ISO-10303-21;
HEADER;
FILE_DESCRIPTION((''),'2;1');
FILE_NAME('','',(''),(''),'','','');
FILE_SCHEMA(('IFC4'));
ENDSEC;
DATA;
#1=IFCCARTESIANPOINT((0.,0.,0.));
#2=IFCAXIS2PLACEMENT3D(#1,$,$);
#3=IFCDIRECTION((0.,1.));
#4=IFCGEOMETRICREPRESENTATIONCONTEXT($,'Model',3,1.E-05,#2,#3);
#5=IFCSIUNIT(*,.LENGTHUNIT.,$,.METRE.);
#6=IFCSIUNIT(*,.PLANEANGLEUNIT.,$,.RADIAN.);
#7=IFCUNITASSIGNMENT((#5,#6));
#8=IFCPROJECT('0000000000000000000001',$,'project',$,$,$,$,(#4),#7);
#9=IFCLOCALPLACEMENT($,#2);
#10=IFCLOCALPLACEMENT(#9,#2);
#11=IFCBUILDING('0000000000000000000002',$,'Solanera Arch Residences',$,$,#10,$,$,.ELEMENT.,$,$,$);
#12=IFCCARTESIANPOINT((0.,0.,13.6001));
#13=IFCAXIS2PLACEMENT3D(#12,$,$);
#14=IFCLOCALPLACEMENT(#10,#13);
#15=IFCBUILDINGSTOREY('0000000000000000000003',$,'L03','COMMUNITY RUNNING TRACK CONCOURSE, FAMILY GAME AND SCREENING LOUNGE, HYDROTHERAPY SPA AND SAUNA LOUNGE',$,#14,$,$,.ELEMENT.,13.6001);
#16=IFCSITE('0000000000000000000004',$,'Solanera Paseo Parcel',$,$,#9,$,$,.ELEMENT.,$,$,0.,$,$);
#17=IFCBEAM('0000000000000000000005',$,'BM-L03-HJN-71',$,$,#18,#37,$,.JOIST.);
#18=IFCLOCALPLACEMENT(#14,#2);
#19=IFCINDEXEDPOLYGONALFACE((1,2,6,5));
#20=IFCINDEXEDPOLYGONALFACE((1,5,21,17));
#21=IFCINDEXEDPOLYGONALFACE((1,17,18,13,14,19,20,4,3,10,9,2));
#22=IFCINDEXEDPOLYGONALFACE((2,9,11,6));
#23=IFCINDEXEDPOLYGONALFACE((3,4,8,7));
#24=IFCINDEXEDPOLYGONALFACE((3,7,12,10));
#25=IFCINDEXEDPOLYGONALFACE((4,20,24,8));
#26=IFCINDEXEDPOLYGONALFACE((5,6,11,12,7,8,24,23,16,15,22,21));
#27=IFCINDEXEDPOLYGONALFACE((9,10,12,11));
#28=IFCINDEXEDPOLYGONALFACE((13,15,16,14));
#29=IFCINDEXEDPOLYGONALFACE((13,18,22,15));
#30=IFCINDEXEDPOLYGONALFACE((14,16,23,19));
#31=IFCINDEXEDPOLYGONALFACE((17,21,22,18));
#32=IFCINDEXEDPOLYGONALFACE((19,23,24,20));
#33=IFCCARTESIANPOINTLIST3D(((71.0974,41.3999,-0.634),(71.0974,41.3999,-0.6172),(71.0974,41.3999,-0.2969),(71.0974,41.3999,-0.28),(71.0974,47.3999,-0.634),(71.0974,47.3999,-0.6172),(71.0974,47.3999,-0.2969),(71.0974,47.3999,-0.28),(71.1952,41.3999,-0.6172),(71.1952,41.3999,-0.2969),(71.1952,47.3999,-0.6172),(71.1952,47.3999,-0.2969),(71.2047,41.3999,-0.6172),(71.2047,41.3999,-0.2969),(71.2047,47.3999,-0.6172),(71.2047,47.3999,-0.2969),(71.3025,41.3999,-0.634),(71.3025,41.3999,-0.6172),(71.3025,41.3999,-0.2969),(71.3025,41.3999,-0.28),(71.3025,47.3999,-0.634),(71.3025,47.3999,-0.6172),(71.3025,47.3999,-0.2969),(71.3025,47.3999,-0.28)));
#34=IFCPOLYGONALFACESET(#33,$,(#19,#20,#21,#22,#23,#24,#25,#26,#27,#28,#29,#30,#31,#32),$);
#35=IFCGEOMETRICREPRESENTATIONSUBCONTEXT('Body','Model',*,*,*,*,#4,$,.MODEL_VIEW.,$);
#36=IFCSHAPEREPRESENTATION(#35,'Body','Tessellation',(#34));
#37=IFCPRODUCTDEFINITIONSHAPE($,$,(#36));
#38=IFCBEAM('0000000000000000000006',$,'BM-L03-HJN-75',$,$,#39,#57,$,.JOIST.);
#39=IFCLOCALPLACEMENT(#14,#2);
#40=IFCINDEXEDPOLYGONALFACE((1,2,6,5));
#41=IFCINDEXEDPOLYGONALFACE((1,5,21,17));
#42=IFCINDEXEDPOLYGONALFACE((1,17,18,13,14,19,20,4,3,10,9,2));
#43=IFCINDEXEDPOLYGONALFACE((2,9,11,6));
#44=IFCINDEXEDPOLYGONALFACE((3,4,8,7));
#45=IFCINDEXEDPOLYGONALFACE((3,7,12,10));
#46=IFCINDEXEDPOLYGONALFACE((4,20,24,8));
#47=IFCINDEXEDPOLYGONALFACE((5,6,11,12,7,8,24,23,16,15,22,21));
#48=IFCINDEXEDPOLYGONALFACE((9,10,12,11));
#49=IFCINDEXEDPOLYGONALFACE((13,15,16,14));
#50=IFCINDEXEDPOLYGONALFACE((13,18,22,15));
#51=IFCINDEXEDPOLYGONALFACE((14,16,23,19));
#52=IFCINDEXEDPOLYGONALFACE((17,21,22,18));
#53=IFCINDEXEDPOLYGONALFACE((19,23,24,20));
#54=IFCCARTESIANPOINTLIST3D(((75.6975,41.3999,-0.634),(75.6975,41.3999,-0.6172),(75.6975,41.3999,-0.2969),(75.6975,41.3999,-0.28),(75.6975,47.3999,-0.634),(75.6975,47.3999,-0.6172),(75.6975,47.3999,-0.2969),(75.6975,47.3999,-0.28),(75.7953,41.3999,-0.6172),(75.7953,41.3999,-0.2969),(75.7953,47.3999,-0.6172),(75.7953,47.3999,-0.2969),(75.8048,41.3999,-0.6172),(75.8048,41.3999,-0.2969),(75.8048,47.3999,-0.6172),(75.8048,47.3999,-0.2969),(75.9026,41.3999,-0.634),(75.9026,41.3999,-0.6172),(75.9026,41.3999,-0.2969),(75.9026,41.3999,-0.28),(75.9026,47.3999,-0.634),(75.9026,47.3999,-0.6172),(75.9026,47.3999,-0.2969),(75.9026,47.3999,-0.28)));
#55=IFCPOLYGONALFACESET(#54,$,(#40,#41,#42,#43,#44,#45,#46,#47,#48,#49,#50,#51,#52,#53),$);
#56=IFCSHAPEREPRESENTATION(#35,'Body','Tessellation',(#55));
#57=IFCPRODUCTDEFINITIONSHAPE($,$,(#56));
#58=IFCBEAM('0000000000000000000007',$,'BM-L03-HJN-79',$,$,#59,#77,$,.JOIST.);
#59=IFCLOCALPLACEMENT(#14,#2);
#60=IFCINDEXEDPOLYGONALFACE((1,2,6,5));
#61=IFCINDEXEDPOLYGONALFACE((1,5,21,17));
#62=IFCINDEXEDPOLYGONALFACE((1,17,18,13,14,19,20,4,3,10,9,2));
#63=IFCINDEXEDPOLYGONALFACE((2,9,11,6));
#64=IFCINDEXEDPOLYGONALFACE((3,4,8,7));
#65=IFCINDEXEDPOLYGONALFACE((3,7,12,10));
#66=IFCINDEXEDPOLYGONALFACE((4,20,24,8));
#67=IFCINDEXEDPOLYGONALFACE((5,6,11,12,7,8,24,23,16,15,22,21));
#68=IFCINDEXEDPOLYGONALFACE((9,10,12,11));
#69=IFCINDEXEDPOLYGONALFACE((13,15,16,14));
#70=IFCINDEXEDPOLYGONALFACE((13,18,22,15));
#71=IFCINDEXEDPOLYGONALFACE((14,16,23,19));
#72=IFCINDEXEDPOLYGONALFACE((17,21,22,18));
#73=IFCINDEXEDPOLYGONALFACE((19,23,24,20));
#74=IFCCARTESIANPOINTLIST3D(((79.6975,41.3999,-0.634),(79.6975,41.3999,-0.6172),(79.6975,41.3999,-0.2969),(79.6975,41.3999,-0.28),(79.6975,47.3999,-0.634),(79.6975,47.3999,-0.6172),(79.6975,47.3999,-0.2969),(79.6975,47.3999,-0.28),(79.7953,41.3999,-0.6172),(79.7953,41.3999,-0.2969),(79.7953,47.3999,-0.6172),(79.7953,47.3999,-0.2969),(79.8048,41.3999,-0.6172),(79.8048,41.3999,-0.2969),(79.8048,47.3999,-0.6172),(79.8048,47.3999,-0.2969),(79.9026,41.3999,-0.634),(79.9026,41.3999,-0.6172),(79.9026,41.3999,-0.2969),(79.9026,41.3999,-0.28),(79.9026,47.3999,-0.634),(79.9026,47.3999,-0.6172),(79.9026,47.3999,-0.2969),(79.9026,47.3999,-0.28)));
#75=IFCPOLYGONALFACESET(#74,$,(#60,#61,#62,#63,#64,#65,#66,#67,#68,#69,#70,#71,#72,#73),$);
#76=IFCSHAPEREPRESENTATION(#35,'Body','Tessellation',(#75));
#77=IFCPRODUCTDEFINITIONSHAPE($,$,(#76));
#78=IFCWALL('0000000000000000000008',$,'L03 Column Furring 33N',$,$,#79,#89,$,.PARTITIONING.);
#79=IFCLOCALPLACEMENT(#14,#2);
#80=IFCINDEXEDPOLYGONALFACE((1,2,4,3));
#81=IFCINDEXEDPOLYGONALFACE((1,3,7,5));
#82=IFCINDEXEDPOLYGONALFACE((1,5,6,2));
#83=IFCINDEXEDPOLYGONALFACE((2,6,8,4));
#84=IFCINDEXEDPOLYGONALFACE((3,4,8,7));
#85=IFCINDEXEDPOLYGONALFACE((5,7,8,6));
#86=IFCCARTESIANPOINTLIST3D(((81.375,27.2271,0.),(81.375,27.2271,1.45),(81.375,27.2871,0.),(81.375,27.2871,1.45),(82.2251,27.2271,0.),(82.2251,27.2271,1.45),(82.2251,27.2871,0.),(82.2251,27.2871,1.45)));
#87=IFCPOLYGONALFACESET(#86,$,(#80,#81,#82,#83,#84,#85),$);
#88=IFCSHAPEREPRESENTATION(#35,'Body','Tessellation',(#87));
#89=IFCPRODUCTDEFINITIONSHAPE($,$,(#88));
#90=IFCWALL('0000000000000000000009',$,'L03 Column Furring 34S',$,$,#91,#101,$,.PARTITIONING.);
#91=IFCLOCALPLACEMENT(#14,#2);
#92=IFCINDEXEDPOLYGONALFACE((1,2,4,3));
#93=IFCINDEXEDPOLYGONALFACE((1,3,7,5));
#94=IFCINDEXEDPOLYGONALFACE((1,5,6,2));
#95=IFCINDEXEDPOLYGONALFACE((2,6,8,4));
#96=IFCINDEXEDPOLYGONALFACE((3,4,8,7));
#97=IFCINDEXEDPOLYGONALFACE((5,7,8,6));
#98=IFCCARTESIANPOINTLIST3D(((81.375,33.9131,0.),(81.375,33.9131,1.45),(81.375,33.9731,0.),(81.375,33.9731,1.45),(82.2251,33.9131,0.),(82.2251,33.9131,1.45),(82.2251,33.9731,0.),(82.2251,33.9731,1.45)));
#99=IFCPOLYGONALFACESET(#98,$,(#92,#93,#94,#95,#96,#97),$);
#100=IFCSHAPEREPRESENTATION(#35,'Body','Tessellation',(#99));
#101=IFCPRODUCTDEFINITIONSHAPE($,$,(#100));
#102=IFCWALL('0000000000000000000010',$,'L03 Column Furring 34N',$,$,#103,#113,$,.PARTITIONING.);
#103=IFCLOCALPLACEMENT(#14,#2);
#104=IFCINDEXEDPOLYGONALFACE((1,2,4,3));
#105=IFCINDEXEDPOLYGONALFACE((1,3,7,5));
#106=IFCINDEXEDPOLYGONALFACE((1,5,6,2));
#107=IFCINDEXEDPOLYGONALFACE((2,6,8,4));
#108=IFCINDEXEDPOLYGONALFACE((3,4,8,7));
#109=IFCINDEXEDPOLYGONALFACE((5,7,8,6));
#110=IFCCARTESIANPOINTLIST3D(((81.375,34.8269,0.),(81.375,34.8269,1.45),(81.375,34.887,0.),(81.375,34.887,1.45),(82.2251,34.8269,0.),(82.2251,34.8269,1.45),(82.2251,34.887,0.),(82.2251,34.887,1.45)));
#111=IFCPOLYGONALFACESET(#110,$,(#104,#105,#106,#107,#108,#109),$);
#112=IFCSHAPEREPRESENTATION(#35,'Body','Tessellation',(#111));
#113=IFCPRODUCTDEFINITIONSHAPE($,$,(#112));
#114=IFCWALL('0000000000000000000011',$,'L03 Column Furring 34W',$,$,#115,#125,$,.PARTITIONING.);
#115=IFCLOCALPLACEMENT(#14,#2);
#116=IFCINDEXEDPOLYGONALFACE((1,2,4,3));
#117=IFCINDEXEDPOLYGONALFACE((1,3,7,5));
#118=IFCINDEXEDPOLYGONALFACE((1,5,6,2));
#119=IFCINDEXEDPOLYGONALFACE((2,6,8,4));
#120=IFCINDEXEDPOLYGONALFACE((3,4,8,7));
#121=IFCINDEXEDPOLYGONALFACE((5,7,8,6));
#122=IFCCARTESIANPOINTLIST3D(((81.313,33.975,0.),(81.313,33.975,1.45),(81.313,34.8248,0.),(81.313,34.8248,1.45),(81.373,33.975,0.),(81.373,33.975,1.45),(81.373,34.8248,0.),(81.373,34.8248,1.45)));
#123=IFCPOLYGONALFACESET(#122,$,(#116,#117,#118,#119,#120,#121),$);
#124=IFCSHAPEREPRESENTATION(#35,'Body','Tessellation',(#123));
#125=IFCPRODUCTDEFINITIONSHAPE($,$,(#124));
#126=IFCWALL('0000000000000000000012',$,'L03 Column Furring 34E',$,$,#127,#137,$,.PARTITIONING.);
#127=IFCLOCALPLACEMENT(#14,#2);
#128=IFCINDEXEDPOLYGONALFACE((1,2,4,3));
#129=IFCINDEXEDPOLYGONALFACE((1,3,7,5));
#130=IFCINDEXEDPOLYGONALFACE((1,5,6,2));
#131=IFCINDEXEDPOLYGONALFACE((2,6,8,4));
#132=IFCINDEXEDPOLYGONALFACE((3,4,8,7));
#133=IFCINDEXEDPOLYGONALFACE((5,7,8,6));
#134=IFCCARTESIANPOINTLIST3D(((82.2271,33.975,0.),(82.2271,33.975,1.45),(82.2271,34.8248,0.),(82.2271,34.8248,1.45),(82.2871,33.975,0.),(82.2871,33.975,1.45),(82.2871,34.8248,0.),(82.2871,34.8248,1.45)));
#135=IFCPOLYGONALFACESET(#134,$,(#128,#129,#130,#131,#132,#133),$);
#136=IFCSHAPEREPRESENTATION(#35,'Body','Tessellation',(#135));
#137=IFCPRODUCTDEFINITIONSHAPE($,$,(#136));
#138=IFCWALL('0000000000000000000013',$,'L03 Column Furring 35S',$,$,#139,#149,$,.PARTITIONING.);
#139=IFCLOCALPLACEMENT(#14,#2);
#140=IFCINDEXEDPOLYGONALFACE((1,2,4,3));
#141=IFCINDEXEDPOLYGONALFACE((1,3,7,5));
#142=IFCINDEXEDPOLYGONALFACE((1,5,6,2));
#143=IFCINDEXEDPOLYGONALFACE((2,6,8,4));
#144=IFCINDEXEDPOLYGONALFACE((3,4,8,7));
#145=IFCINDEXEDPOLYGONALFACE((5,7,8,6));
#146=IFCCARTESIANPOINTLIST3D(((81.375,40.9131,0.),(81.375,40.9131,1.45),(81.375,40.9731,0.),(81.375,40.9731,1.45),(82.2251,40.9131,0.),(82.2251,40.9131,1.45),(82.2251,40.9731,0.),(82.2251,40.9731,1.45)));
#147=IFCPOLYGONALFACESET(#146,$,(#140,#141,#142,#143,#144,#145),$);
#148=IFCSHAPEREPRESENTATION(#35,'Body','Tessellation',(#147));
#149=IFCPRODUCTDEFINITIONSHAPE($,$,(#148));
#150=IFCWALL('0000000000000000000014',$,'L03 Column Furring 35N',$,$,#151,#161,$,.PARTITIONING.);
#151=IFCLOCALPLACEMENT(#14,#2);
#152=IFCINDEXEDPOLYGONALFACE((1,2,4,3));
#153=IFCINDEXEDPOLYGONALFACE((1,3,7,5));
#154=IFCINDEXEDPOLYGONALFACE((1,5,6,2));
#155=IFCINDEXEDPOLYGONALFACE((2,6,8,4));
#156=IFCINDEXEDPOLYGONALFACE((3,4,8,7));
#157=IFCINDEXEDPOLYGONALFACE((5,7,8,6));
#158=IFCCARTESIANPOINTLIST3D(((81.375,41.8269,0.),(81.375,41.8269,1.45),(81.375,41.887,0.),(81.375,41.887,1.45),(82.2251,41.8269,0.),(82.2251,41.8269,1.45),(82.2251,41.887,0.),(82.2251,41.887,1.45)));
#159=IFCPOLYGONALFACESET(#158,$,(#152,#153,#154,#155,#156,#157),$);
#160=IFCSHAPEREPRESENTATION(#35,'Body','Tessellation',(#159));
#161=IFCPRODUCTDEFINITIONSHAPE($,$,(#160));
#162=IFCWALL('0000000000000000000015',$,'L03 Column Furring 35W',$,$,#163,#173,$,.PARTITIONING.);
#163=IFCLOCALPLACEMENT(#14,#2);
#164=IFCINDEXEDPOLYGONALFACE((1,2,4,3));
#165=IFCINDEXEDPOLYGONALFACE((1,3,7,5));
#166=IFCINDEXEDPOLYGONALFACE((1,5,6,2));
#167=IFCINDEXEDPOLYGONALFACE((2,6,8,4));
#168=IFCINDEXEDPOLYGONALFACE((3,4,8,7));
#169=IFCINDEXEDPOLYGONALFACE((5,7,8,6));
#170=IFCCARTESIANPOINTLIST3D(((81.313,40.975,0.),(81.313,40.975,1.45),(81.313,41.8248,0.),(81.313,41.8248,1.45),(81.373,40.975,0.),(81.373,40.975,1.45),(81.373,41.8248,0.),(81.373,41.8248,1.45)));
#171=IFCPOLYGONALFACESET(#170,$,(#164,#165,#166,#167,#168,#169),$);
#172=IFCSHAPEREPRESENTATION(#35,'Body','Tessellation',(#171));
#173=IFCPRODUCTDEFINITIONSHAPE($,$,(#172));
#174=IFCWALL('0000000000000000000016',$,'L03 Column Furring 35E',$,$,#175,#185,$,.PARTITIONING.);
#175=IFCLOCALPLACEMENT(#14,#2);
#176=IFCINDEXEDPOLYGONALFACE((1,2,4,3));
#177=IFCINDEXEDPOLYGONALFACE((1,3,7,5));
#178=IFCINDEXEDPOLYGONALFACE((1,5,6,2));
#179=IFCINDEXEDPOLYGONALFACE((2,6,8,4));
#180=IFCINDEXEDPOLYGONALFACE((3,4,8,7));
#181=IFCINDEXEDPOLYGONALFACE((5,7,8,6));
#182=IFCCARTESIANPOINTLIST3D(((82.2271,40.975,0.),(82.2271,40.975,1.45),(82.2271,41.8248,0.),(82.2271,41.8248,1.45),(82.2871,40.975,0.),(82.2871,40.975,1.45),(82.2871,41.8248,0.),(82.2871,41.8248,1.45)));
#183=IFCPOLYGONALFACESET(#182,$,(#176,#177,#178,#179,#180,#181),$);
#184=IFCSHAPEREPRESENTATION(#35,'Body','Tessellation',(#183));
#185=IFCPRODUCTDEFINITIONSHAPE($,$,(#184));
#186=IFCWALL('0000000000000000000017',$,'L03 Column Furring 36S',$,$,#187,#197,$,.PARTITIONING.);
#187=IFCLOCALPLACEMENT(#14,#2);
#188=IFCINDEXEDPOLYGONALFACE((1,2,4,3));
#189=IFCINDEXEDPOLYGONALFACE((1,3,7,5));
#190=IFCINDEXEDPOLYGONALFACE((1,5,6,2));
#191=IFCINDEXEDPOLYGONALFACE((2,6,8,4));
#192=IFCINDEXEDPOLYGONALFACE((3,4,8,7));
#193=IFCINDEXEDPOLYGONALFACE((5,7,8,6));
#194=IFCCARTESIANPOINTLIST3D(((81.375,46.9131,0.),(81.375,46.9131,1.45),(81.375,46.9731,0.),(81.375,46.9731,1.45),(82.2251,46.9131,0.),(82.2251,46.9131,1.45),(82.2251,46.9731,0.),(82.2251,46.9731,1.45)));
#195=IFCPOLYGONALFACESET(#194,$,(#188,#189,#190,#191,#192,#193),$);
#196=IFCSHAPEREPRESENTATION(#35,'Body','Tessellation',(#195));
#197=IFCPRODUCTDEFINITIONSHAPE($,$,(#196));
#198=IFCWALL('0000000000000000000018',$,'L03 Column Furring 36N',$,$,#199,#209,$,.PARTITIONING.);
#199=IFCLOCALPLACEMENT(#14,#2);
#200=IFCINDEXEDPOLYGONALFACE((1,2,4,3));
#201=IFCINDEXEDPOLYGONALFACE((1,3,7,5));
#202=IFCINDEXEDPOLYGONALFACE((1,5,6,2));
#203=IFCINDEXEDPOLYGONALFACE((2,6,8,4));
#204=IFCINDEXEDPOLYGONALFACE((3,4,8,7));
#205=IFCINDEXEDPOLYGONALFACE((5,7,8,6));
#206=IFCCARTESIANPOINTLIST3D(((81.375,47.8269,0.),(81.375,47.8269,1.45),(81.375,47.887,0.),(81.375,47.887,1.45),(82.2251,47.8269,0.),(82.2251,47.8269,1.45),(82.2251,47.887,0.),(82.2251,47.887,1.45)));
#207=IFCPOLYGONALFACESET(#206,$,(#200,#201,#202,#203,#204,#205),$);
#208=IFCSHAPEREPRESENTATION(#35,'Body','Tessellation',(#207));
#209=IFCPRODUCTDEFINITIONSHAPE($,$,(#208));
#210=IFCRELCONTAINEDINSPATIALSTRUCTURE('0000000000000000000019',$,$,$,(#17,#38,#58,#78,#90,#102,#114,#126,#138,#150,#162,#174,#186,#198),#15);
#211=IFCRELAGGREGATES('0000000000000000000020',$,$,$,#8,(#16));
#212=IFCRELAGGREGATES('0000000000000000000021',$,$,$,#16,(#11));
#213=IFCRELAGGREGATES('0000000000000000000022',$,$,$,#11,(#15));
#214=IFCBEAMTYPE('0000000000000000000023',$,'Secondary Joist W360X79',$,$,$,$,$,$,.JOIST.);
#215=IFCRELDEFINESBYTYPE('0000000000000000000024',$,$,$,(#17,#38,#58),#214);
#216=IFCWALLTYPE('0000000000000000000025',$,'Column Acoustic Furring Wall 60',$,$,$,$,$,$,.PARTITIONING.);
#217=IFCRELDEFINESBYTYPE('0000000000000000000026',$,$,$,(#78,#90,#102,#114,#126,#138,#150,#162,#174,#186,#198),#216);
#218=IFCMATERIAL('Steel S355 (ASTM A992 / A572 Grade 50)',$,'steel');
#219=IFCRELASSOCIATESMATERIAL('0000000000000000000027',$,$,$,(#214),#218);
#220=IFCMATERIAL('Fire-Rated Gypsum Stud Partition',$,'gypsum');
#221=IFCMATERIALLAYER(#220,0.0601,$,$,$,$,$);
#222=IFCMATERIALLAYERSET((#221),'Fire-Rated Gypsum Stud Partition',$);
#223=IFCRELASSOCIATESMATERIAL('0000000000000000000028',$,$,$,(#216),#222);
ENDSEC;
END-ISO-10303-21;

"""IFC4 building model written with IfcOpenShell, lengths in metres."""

from ifc_helpers import new_model, si_unit, direction, frame, frame_2d, origin, origin_2d, place, context, subcontext, project, spatial, rectangle, i_section, extrude, material, layer, layer_set, material_profile, profile_set, type_object, element, save


model = new_model("IFC4")

# Units and contexts
model_context = context("Model", 3, precision=1e-05, world=origin(), true_north=direction((0.0, 1.0)))
body_context = subcontext(model_context, "Body", "Model", "MODEL_VIEW")
ifc_project = project(units=[si_unit("LENGTHUNIT", "METRE"), si_unit("PLANEANGLEUNIT", "RADIAN")], contexts=[model_context])

# Site, building, storey
site_placement = place(None, origin())
site = spatial("IfcSite", under=ifc_project, at=site_placement, Name="Solanera Paseo Parcel", CompositionType="ELEMENT", RefElevation=0.0)
building_placement = place(site_placement, origin())
building = spatial("IfcBuilding", under=site, at=building_placement, Name="Solanera Arch Residences", CompositionType="ELEMENT")
storey_placement = place(building_placement, frame((0.0, 0.0, 13.6001)))
storey = spatial("IfcBuildingStorey", under=building, at=storey_placement, Name="L03", Description="COMMUNITY RUNNING TRACK CONCOURSE, FAMILY GAME AND SCREENING LOUNGE, HYDROTHERAPY SPA AND SAUNA LOUNGE", CompositionType="ELEMENT", Elevation=13.6001)

# Beams
ifc_material_1 = material(Name="Steel S355 (ASTM A992 / A572 Grade 50)", Category="steel")
ifc_material_profile_1 = material_profile(ifc_material_1, i_section(OverallWidth=0.2051, OverallDepth=0.354, WebThickness=0.0095, FlangeThickness=0.0168, at=origin_2d()))
ifc_profile_set_1 = profile_set([ifc_material_profile_1], Name="Steel S355 (ASTM A992 / A572 Grade 50)")
beam_type_1 = type_object("IfcBeamType", Name="Secondary Joist W360X79", PredefinedType="JOIST", material=ifc_profile_set_1)
for number, where, z_axis, x_axis, name in (
    (1, (71.2, 41.3999, -0.457), (0.0, 1.0, 0.0), (-1.0, 0.0, 0.0), "BM-L03-HJN-71"),
    (2, (75.8, 41.3999, -0.457), (0.0, 1.0, 0.0), (-1.0, 0.0, 0.0), "BM-L03-HJN-75"),
    (3, (79.8, 41.3999, -0.457), (0.0, 1.0, 0.0), (-1.0, 0.0, 0.0), "BM-L03-HJN-79"),
):
    element("IfcBeam", number, at=place(storey_placement, frame(where, z_axis=z_axis, x_axis=x_axis)), inside=storey, type_object=beam_type_1, Name=name, PredefinedType="JOIST", context=body_context, shape_type="SweptSolid", body=[
        extrude(i_section(OverallWidth=0.2051, OverallDepth=0.354, WebThickness=0.0095, FlangeThickness=0.0168, at=origin_2d()), origin(), (0.0, 0.0, 1.0), 6.0),
    ])

# Walls
ifc_material_2 = material(Name="Fire-Rated Gypsum Stud Partition", Category="gypsum")
ifc_layer_1 = layer(ifc_material_2, 0.0601)
ifc_layer_set_1 = layer_set([ifc_layer_1], Name="Fire-Rated Gypsum Stud Partition")
wall_type_1 = type_object("IfcWallType", Name="Column Acoustic Furring Wall 60", PredefinedType="PARTITIONING", material=ifc_layer_set_1)
for number, where, z_axis, x_axis, name in (
    (4, (81.375, 27.2571, 0.0), (0.0, 0.0, 1.0), (1.0, 0.0, 0.0), "L03 Column Furring 33N"),
    (5, (81.375, 33.9431, 0.0), (0.0, 0.0, 1.0), (1.0, 0.0, 0.0), "L03 Column Furring 34S"),
    (6, (81.375, 34.8569, 0.0), (0.0, 0.0, 1.0), (1.0, 0.0, 0.0), "L03 Column Furring 34N"),
):
    element("IfcWall", number, at=place(storey_placement, frame(where, z_axis=z_axis, x_axis=x_axis)), inside=storey, type_object=wall_type_1, Name=name, PredefinedType="PARTITIONING", context=body_context, shape_type="SweptSolid", body=[
        extrude(rectangle(XDim=0.8501, YDim=0.0601, at=frame_2d((0.425, 0.0))), origin(), (0.0, 0.0, 1.0), 1.45),
    ])
for number, where, z_axis, x_axis, name in (
    (7, (81.343, 33.9751, 0.0), (0.0, 0.0, 1.0), (0.0, 1.0, 0.0), "L03 Column Furring 34W"),
    (8, (82.2571, 33.9751, 0.0), (0.0, 0.0, 1.0), (0.0, 1.0, 0.0), "L03 Column Furring 34E"),
):
    element("IfcWall", number, at=place(storey_placement, frame(where, z_axis=z_axis, x_axis=x_axis)), inside=storey, type_object=wall_type_1, Name=name, PredefinedType="PARTITIONING", context=body_context, shape_type="SweptSolid", body=[
        extrude(rectangle(XDim=0.8499, YDim=0.0601, at=frame_2d((0.4248, 0.0))), origin(), (0.0, 0.0, 1.0), 1.45),
    ])
for number, where, z_axis, x_axis, name in (
    (9, (81.375, 40.9431, 0.0), (0.0, 0.0, 1.0), (1.0, 0.0, 0.0), "L03 Column Furring 35S"),
    (10, (81.375, 41.8569, 0.0), (0.0, 0.0, 1.0), (1.0, 0.0, 0.0), "L03 Column Furring 35N"),
):
    element("IfcWall", number, at=place(storey_placement, frame(where, z_axis=z_axis, x_axis=x_axis)), inside=storey, type_object=wall_type_1, Name=name, PredefinedType="PARTITIONING", context=body_context, shape_type="SweptSolid", body=[
        extrude(rectangle(XDim=0.8501, YDim=0.0601, at=frame_2d((0.425, 0.0))), origin(), (0.0, 0.0, 1.0), 1.45),
    ])
for number, where, z_axis, x_axis, name in (
    (11, (81.343, 40.9751, 0.0), (0.0, 0.0, 1.0), (0.0, 1.0, 0.0), "L03 Column Furring 35W"),
    (12, (82.2571, 40.9751, 0.0), (0.0, 0.0, 1.0), (0.0, 1.0, 0.0), "L03 Column Furring 35E"),
):
    element("IfcWall", number, at=place(storey_placement, frame(where, z_axis=z_axis, x_axis=x_axis)), inside=storey, type_object=wall_type_1, Name=name, PredefinedType="PARTITIONING", context=body_context, shape_type="SweptSolid", body=[
        extrude(rectangle(XDim=0.8499, YDim=0.0601, at=frame_2d((0.4248, 0.0))), origin(), (0.0, 0.0, 1.0), 1.45),
    ])
for number, where, z_axis, x_axis, name in (
    (13, (81.375, 46.9431, 0.0), (0.0, 0.0, 1.0), (1.0, 0.0, 0.0), "L03 Column Furring 36S"),
    (14, (81.375, 47.8569, 0.0), (0.0, 0.0, 1.0), (1.0, 0.0, 0.0), "L03 Column Furring 36N"),
):
    element("IfcWall", number, at=place(storey_placement, frame(where, z_axis=z_axis, x_axis=x_axis)), inside=storey, type_object=wall_type_1, Name=name, PredefinedType="PARTITIONING", context=body_context, shape_type="SweptSolid", body=[
        extrude(rectangle(XDim=0.8501, YDim=0.0601, at=frame_2d((0.425, 0.0))), origin(), (0.0, 0.0, 1.0), 1.45),
    ])

save(model, "model.ifc")
